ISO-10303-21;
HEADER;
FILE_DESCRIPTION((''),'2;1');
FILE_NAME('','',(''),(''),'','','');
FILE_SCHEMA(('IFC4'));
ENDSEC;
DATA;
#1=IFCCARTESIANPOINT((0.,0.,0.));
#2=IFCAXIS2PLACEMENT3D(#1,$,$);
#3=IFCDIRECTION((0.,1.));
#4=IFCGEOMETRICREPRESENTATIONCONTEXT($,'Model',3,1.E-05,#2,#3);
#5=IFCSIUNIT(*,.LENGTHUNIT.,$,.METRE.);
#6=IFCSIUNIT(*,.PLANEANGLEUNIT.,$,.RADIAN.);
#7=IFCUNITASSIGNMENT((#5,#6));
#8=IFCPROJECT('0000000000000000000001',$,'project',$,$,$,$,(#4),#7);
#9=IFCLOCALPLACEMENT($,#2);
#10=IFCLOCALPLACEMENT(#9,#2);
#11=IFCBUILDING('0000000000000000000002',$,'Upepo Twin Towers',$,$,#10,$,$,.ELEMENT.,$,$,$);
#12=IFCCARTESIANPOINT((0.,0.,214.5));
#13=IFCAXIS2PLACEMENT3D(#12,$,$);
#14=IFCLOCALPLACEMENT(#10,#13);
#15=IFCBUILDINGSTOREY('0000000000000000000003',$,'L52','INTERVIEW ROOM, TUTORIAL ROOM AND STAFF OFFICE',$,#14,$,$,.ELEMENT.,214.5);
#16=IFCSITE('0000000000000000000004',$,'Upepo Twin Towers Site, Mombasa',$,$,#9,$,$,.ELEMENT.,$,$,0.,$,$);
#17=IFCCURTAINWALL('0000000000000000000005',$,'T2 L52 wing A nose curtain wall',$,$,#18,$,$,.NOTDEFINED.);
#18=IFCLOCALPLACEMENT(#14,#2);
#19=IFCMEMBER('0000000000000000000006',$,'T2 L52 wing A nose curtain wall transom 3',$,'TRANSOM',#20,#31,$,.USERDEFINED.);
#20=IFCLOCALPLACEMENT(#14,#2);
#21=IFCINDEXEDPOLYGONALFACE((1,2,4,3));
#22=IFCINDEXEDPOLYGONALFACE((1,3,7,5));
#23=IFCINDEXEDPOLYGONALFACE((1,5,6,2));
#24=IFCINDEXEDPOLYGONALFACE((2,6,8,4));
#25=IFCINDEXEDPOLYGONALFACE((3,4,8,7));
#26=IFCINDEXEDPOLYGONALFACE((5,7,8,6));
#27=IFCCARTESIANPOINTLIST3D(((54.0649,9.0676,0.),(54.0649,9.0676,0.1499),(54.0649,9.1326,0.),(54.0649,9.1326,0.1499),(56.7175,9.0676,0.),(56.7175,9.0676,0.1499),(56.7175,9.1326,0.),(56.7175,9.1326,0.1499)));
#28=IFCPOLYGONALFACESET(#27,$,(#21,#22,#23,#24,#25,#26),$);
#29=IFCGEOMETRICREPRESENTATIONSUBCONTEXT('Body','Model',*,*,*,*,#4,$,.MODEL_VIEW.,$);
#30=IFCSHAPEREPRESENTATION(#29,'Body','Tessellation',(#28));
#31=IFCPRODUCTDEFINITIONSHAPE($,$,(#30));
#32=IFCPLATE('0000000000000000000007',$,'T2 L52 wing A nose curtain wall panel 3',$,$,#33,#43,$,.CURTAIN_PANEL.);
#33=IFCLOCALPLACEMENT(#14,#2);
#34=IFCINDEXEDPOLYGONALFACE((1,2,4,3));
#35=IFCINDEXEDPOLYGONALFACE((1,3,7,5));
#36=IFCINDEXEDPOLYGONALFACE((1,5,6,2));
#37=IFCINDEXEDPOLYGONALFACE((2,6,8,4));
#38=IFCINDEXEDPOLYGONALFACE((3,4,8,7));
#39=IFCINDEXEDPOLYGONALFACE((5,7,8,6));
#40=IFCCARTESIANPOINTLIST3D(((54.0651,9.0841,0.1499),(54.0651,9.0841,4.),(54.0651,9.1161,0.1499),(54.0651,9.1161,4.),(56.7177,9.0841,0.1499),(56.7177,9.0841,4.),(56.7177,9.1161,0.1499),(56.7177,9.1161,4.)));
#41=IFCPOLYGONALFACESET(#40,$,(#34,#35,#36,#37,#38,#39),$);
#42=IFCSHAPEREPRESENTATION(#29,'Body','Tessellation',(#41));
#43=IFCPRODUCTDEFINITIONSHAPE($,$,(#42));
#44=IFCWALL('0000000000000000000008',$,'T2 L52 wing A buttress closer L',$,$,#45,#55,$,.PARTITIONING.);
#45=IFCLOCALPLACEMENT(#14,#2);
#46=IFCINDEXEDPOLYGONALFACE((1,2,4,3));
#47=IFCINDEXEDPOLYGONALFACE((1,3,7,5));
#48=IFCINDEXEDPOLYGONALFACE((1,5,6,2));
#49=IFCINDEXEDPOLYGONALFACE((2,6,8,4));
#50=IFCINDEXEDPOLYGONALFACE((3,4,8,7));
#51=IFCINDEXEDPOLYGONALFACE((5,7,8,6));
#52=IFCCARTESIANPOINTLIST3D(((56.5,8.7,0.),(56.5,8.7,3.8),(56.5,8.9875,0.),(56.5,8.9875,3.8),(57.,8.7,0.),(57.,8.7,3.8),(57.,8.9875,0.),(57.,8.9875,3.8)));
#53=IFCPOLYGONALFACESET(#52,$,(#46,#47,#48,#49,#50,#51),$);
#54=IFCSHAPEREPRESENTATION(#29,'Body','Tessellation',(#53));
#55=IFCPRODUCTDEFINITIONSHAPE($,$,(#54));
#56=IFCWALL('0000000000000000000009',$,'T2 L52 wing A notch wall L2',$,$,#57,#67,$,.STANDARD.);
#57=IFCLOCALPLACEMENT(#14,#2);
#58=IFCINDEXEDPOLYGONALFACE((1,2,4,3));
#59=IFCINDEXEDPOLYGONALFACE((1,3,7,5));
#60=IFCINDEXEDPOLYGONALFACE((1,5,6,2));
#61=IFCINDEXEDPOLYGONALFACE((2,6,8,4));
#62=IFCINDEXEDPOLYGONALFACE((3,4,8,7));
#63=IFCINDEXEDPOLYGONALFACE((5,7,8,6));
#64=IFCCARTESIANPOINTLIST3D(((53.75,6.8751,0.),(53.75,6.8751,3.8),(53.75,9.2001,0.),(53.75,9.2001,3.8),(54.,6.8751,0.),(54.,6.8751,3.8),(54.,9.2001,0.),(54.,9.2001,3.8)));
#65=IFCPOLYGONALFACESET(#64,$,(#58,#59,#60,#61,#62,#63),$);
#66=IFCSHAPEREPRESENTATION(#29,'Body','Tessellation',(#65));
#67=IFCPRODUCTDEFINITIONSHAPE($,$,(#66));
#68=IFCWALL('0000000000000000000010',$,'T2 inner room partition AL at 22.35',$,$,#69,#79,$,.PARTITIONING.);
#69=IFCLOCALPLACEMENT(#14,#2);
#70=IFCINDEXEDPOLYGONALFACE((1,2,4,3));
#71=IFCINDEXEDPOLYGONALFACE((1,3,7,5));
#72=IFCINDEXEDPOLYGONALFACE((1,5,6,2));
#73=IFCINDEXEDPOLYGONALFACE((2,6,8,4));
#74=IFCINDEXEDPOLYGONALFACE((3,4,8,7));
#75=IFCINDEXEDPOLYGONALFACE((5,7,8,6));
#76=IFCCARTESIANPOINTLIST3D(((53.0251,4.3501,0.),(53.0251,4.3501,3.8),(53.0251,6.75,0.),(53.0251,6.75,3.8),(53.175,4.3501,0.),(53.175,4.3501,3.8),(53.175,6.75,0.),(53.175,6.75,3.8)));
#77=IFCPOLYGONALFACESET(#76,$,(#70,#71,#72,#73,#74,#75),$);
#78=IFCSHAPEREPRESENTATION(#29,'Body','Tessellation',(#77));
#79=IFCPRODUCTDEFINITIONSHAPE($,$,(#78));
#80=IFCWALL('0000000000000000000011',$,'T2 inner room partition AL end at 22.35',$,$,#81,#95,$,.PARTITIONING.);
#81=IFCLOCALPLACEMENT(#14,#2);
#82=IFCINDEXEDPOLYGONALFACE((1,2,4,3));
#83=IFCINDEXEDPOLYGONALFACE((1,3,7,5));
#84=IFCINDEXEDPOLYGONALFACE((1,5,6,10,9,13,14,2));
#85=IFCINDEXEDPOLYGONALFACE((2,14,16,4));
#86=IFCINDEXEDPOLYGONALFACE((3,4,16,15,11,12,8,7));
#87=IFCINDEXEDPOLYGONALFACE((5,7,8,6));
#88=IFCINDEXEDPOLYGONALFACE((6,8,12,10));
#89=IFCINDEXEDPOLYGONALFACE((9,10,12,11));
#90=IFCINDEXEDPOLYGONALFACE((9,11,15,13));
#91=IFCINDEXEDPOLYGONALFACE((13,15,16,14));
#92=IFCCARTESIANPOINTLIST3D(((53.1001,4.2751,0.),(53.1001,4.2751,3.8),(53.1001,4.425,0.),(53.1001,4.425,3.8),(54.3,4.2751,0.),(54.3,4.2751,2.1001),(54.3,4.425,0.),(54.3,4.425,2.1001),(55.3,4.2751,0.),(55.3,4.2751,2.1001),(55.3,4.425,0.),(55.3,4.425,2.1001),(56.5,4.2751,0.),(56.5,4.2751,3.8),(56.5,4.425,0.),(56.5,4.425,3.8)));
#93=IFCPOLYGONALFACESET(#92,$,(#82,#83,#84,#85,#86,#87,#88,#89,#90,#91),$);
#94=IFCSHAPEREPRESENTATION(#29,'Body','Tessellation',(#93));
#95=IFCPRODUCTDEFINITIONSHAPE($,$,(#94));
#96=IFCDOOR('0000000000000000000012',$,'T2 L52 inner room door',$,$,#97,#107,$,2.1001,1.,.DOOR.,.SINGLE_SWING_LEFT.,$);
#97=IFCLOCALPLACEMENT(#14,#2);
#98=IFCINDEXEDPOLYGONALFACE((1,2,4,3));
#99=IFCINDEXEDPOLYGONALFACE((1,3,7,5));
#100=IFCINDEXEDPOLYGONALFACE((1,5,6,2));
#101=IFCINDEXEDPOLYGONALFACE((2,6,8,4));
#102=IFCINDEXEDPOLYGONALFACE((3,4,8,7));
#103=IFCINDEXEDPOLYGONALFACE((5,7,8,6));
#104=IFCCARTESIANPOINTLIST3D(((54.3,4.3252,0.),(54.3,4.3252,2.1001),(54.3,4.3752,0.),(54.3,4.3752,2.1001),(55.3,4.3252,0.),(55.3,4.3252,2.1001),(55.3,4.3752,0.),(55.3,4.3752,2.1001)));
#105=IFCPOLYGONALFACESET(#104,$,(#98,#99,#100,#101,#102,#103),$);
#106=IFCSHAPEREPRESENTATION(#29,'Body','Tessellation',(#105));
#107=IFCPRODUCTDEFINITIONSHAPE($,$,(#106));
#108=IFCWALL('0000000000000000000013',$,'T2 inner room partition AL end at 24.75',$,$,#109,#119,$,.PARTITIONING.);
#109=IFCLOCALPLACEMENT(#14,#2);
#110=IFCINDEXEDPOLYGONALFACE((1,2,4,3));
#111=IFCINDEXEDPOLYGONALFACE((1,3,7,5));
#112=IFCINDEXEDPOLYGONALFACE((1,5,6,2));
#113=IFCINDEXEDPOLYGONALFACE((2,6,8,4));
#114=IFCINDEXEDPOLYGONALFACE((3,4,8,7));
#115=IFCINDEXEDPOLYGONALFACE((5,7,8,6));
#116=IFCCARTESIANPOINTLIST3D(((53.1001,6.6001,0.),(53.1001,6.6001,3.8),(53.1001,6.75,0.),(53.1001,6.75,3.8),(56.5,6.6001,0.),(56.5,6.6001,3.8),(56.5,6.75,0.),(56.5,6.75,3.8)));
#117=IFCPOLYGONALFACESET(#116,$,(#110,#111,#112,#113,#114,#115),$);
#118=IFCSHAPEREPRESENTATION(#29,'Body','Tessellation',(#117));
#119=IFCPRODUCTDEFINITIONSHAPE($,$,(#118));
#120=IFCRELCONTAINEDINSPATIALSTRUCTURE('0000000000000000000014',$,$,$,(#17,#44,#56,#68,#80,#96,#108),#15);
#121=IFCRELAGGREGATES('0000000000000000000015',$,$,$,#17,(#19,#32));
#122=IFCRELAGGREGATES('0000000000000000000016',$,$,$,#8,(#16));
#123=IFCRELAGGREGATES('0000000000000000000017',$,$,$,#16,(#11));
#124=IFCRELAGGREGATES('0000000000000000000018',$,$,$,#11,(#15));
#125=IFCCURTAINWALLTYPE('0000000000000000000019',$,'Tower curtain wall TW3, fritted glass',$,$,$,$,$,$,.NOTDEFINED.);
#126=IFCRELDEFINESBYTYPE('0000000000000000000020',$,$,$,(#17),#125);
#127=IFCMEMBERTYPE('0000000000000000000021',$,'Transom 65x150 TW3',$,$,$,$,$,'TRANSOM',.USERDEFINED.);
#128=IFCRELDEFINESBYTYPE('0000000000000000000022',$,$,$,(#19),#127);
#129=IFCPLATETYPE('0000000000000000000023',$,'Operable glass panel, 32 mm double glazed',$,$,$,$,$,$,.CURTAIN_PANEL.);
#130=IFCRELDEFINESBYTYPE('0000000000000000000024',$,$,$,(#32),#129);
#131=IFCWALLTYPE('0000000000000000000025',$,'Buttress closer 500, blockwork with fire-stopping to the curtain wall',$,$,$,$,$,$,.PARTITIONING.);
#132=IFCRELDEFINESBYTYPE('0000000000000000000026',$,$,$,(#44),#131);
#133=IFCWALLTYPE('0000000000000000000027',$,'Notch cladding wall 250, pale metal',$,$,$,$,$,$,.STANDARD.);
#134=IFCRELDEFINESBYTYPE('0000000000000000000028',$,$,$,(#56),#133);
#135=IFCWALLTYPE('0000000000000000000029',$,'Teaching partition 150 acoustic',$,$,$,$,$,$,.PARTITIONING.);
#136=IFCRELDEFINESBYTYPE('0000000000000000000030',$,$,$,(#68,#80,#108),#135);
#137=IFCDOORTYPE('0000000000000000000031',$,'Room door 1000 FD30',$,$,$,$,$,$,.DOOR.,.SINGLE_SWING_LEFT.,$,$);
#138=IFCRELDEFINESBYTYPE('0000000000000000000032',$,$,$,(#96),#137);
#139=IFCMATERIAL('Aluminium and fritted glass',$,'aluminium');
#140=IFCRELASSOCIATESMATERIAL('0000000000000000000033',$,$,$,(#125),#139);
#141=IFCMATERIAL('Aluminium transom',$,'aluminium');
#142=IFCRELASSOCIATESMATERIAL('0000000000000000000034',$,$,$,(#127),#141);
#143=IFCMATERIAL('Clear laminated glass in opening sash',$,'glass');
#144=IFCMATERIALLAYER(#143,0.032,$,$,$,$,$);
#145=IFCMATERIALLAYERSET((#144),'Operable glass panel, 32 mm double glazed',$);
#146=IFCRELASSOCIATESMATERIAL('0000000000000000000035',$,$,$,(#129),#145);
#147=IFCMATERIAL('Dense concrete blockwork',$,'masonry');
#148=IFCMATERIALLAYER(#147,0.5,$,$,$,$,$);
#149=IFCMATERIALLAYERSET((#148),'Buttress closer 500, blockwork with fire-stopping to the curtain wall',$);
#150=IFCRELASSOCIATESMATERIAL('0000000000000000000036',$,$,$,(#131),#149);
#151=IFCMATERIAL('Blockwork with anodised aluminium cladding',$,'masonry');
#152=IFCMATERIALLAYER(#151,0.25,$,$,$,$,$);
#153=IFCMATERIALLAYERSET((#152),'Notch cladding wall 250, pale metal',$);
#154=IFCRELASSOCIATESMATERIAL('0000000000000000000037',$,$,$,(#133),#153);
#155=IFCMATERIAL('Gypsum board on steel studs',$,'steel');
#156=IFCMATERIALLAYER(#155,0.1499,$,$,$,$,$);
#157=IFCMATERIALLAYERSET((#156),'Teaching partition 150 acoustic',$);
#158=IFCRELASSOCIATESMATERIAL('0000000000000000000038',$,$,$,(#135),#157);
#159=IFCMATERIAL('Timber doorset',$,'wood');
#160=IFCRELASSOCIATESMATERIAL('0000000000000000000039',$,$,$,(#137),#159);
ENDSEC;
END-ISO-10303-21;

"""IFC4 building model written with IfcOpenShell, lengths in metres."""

from ifc_helpers import new_model, si_unit, direction, frame, frame_2d, origin, origin_2d, place, context, subcontext, project, spatial, rectangle, extrude, material, layer, layer_set, material_profile, profile_set, type_object, element, fill, aggregate, save


model = new_model("IFC4")

# Units and contexts
model_context = context("Model", 3, precision=1e-05, world=origin(), true_north=direction((0.0, 1.0)))
body_context = subcontext(model_context, "Body", "Model", "MODEL_VIEW")
ifc_project = project(units=[si_unit("LENGTHUNIT", "METRE"), si_unit("PLANEANGLEUNIT", "RADIAN")], contexts=[model_context])

# Site, building, storey
site_placement = place(None, origin())
site = spatial("IfcSite", under=ifc_project, at=site_placement, Name="Upepo Twin Towers Site, Mombasa", CompositionType="ELEMENT", RefElevation=0.0)
building_placement = place(site_placement, origin())
building = spatial("IfcBuilding", under=site, at=building_placement, Name="Upepo Twin Towers", CompositionType="ELEMENT")
storey_placement = place(building_placement, frame((0.0, 0.0, 214.5)))
storey = spatial("IfcBuildingStorey", under=building, at=storey_placement, Name="L52", Description="INTERVIEW ROOM, TUTORIAL ROOM AND STAFF OFFICE", CompositionType="ELEMENT", Elevation=214.5)

# Curtain wall, member, plate
ifc_material_1 = material(Name="Aluminium and fritted glass", Category="aluminium")
curtain_wall_type = type_object("IfcCurtainWallType", Name="Tower curtain wall TW3, fritted glass", PredefinedType="NOTDEFINED", material=ifc_material_1)
curtain_wall_placement = place(storey_placement, origin())
curtain_wall = element("IfcCurtainWall", 1, at=curtain_wall_placement, inside=storey, type_object=curtain_wall_type, Name="T2 L52 wing A nose curtain wall", PredefinedType="NOTDEFINED")
ifc_material_2 = material(Name="Aluminium transom", Category="aluminium")
ifc_material_profile_1 = material_profile(ifc_material_2, rectangle(XDim=0.0649, YDim=0.1499, at=origin_2d()), Name="TRANSOM 65x150")
ifc_profile_set_1 = profile_set([ifc_material_profile_1], Name="Aluminium transom")
member_type_1 = type_object("IfcMemberType", Name="Transom 65x150 TW3", ElementType="TRANSOM", PredefinedType="USERDEFINED", material=ifc_profile_set_1)
member_1_placement = place(storey_placement, frame((56.7175, 9.1001, 0.075), z_axis=(-1.0, 0.0, 0.0), x_axis=(0.0, -1.0, 0.0)))
member_1 = element("IfcMember", 2, at=member_1_placement, type_object=member_type_1, Name="T2 L52 wing A nose curtain wall transom 3", ObjectType="TRANSOM", PredefinedType="USERDEFINED", context=body_context, shape_type="SweptSolid", body=[
    extrude(rectangle(XDim=0.0649, YDim=0.1499, at=origin_2d()), origin(), (0.0, 0.0, 1.0), 2.6526),
])
ifc_material_3 = material(Name="Clear laminated glass in opening sash", Category="glass")
ifc_layer_1 = layer(ifc_material_3, 0.032)
ifc_layer_set_1 = layer_set([ifc_layer_1], Name="Operable glass panel, 32 mm double glazed")
plate_type = type_object("IfcPlateType", Name="Operable glass panel, 32 mm double glazed", PredefinedType="CURTAIN_PANEL", material=ifc_layer_set_1)
plate_placement = place(storey_placement, frame((55.3914, 9.1001, 0.1499), z_axis=(0.0, 0.0, 1.0), x_axis=(-1.0, 0.0, 0.0)))
plate = element("IfcPlate", 3, at=plate_placement, type_object=plate_type, Name="T2 L52 wing A nose curtain wall panel 3", PredefinedType="CURTAIN_PANEL", context=body_context, shape_type="SweptSolid", body=[
    extrude(rectangle(XDim=2.6526, YDim=0.032, at=origin_2d()), origin(), (0.0, 0.0, 1.0), 3.8501),
])
aggregate(curtain_wall, [member_1, plate])

# Walls
ifc_material_4 = material(Name="Dense concrete blockwork", Category="masonry")
ifc_layer_2 = layer(ifc_material_4, 0.5)
ifc_layer_set_2 = layer_set([ifc_layer_2], Name="Buttress closer 500, blockwork with fire-stopping to the curtain wall")
wall_type_1 = type_object("IfcWallType", Name="Buttress closer 500, blockwork with fire-stopping to the curtain wall", PredefinedType="PARTITIONING", material=ifc_layer_set_2)
wall_1_placement = place(storey_placement, frame((56.75, 8.7, 0.0), z_axis=(0.0, 0.0, 1.0), x_axis=(0.0, 1.0, 0.0)))
element("IfcWall", 4, at=wall_1_placement, inside=storey, type_object=wall_type_1, Name="T2 L52 wing A buttress closer L", PredefinedType="PARTITIONING", context=body_context, shape_type="SweptSolid", body=[
    extrude(rectangle(XDim=0.2876, YDim=0.5, at=frame_2d((0.1438, 0.0))), origin(), (0.0, 0.0, 1.0), 3.8),
])
ifc_material_5 = material(Name="Blockwork with anodised aluminium cladding", Category="masonry")
ifc_layer_3 = layer(ifc_material_5, 0.25)
ifc_layer_set_3 = layer_set([ifc_layer_3], Name="Notch cladding wall 250, pale metal")
wall_type_2 = type_object("IfcWallType", Name="Notch cladding wall 250, pale metal", PredefinedType="STANDARD", material=ifc_layer_set_3)
wall_2_placement = place(storey_placement, frame((53.875, 6.875, 0.0), z_axis=(0.0, 0.0, 1.0), x_axis=(0.0, 1.0, 0.0)))
element("IfcWall", 5, at=wall_2_placement, inside=storey, type_object=wall_type_2, Name="T2 L52 wing A notch wall L2", PredefinedType="STANDARD", context=body_context, shape_type="SweptSolid", body=[
    extrude(rectangle(XDim=2.325, YDim=0.25, at=frame_2d((1.1626, 0.0))), origin(), (0.0, 0.0, 1.0), 3.8),
])
ifc_material_6 = material(Name="Gypsum board on steel studs", Category="steel")
ifc_layer_4 = layer(ifc_material_6, 0.1499)
ifc_layer_set_4 = layer_set([ifc_layer_4], Name="Teaching partition 150 acoustic")
wall_type_3 = type_object("IfcWallType", Name="Teaching partition 150 acoustic", PredefinedType="PARTITIONING", material=ifc_layer_set_4)
wall_3_placement = place(storey_placement, frame((53.1001, 4.3501, 0.0), z_axis=(0.0, 0.0, 1.0), x_axis=(0.0, 1.0, 0.0)))
element("IfcWall", 6, at=wall_3_placement, inside=storey, type_object=wall_type_3, Name="T2 inner room partition AL at 22.35", PredefinedType="PARTITIONING", context=body_context, shape_type="SweptSolid", body=[
    extrude(rectangle(XDim=2.3999, YDim=0.1499, at=frame_2d((1.2, 0.0))), origin(), (0.0, 0.0, 1.0), 3.8),
])

# Wall, opening, door
wall_4_placement = place(storey_placement, frame((56.5, 4.3501, 0.0), z_axis=(0.0, 0.0, 1.0), x_axis=(-1.0, 0.0, 0.0)))
wall_4 = element("IfcWall", 7, at=wall_4_placement, inside=storey, type_object=wall_type_3, Name="T2 inner room partition AL end at 22.35", PredefinedType="PARTITIONING", context=body_context, shape_type="SweptSolid", body=[
    extrude(rectangle(XDim=3.3999, YDim=0.1499, at=frame_2d((1.7, 0.0))), origin(), (0.0, 0.0, 1.0), 3.8),
])
opening_placement = place(wall_4_placement, frame((1.2, 0.0, 0.0)))
opening = element("IfcOpeningElement", 8, at=opening_placement, cuts=wall_4, PredefinedType="OPENING", context=body_context, shape_type="SweptSolid", body=[
    extrude(rectangle(XDim=1.0, YDim=2.1001, at=frame_2d((0.5, 1.05))), frame((0.0, 0.085, 0.0), z_axis=(0.0, -1.0, 0.0), x_axis=(1.0, 0.0, 0.0)), (0.0, 0.0, 1.0), 0.1699),
])
ifc_material_7 = material(Name="Timber doorset", Category="wood")
door_type = type_object("IfcDoorType", Name="Room door 1000 FD30", OperationType="SINGLE_SWING_LEFT", PredefinedType="DOOR", material=ifc_material_7)
door_placement = place(opening_placement, origin())
door = element("IfcDoor", 9, at=door_placement, inside=storey, type_object=door_type, Name="T2 L52 inner room door", OperationType="SINGLE_SWING_LEFT", OverallHeight=2.1001, OverallWidth=1.0, PredefinedType="DOOR", context=body_context, shape_type="SweptSolid", body=[
    extrude(rectangle(XDim=1.0, YDim=2.1001, at=frame_2d((0.5, 1.05))), frame((0.0, 0.0249, 0.0), z_axis=(0.0, -1.0, 0.0), x_axis=(1.0, 0.0, 0.0)), (0.0, 0.0, 1.0), 0.05),
])
fill(opening, door)

# Wall
wall_5_placement = place(storey_placement, frame((56.5, 6.675, 0.0), z_axis=(0.0, 0.0, 1.0), x_axis=(-1.0, 0.0, 0.0)))
element("IfcWall", 10, at=wall_5_placement, inside=storey, type_object=wall_type_3, Name="T2 inner room partition AL end at 24.75", PredefinedType="PARTITIONING", context=body_context, shape_type="SweptSolid", body=[
    extrude(rectangle(XDim=3.3999, YDim=0.1499, at=frame_2d((1.7, 0.0))), origin(), (0.0, 0.0, 1.0), 3.8),
])

save(model, "model.ifc")
